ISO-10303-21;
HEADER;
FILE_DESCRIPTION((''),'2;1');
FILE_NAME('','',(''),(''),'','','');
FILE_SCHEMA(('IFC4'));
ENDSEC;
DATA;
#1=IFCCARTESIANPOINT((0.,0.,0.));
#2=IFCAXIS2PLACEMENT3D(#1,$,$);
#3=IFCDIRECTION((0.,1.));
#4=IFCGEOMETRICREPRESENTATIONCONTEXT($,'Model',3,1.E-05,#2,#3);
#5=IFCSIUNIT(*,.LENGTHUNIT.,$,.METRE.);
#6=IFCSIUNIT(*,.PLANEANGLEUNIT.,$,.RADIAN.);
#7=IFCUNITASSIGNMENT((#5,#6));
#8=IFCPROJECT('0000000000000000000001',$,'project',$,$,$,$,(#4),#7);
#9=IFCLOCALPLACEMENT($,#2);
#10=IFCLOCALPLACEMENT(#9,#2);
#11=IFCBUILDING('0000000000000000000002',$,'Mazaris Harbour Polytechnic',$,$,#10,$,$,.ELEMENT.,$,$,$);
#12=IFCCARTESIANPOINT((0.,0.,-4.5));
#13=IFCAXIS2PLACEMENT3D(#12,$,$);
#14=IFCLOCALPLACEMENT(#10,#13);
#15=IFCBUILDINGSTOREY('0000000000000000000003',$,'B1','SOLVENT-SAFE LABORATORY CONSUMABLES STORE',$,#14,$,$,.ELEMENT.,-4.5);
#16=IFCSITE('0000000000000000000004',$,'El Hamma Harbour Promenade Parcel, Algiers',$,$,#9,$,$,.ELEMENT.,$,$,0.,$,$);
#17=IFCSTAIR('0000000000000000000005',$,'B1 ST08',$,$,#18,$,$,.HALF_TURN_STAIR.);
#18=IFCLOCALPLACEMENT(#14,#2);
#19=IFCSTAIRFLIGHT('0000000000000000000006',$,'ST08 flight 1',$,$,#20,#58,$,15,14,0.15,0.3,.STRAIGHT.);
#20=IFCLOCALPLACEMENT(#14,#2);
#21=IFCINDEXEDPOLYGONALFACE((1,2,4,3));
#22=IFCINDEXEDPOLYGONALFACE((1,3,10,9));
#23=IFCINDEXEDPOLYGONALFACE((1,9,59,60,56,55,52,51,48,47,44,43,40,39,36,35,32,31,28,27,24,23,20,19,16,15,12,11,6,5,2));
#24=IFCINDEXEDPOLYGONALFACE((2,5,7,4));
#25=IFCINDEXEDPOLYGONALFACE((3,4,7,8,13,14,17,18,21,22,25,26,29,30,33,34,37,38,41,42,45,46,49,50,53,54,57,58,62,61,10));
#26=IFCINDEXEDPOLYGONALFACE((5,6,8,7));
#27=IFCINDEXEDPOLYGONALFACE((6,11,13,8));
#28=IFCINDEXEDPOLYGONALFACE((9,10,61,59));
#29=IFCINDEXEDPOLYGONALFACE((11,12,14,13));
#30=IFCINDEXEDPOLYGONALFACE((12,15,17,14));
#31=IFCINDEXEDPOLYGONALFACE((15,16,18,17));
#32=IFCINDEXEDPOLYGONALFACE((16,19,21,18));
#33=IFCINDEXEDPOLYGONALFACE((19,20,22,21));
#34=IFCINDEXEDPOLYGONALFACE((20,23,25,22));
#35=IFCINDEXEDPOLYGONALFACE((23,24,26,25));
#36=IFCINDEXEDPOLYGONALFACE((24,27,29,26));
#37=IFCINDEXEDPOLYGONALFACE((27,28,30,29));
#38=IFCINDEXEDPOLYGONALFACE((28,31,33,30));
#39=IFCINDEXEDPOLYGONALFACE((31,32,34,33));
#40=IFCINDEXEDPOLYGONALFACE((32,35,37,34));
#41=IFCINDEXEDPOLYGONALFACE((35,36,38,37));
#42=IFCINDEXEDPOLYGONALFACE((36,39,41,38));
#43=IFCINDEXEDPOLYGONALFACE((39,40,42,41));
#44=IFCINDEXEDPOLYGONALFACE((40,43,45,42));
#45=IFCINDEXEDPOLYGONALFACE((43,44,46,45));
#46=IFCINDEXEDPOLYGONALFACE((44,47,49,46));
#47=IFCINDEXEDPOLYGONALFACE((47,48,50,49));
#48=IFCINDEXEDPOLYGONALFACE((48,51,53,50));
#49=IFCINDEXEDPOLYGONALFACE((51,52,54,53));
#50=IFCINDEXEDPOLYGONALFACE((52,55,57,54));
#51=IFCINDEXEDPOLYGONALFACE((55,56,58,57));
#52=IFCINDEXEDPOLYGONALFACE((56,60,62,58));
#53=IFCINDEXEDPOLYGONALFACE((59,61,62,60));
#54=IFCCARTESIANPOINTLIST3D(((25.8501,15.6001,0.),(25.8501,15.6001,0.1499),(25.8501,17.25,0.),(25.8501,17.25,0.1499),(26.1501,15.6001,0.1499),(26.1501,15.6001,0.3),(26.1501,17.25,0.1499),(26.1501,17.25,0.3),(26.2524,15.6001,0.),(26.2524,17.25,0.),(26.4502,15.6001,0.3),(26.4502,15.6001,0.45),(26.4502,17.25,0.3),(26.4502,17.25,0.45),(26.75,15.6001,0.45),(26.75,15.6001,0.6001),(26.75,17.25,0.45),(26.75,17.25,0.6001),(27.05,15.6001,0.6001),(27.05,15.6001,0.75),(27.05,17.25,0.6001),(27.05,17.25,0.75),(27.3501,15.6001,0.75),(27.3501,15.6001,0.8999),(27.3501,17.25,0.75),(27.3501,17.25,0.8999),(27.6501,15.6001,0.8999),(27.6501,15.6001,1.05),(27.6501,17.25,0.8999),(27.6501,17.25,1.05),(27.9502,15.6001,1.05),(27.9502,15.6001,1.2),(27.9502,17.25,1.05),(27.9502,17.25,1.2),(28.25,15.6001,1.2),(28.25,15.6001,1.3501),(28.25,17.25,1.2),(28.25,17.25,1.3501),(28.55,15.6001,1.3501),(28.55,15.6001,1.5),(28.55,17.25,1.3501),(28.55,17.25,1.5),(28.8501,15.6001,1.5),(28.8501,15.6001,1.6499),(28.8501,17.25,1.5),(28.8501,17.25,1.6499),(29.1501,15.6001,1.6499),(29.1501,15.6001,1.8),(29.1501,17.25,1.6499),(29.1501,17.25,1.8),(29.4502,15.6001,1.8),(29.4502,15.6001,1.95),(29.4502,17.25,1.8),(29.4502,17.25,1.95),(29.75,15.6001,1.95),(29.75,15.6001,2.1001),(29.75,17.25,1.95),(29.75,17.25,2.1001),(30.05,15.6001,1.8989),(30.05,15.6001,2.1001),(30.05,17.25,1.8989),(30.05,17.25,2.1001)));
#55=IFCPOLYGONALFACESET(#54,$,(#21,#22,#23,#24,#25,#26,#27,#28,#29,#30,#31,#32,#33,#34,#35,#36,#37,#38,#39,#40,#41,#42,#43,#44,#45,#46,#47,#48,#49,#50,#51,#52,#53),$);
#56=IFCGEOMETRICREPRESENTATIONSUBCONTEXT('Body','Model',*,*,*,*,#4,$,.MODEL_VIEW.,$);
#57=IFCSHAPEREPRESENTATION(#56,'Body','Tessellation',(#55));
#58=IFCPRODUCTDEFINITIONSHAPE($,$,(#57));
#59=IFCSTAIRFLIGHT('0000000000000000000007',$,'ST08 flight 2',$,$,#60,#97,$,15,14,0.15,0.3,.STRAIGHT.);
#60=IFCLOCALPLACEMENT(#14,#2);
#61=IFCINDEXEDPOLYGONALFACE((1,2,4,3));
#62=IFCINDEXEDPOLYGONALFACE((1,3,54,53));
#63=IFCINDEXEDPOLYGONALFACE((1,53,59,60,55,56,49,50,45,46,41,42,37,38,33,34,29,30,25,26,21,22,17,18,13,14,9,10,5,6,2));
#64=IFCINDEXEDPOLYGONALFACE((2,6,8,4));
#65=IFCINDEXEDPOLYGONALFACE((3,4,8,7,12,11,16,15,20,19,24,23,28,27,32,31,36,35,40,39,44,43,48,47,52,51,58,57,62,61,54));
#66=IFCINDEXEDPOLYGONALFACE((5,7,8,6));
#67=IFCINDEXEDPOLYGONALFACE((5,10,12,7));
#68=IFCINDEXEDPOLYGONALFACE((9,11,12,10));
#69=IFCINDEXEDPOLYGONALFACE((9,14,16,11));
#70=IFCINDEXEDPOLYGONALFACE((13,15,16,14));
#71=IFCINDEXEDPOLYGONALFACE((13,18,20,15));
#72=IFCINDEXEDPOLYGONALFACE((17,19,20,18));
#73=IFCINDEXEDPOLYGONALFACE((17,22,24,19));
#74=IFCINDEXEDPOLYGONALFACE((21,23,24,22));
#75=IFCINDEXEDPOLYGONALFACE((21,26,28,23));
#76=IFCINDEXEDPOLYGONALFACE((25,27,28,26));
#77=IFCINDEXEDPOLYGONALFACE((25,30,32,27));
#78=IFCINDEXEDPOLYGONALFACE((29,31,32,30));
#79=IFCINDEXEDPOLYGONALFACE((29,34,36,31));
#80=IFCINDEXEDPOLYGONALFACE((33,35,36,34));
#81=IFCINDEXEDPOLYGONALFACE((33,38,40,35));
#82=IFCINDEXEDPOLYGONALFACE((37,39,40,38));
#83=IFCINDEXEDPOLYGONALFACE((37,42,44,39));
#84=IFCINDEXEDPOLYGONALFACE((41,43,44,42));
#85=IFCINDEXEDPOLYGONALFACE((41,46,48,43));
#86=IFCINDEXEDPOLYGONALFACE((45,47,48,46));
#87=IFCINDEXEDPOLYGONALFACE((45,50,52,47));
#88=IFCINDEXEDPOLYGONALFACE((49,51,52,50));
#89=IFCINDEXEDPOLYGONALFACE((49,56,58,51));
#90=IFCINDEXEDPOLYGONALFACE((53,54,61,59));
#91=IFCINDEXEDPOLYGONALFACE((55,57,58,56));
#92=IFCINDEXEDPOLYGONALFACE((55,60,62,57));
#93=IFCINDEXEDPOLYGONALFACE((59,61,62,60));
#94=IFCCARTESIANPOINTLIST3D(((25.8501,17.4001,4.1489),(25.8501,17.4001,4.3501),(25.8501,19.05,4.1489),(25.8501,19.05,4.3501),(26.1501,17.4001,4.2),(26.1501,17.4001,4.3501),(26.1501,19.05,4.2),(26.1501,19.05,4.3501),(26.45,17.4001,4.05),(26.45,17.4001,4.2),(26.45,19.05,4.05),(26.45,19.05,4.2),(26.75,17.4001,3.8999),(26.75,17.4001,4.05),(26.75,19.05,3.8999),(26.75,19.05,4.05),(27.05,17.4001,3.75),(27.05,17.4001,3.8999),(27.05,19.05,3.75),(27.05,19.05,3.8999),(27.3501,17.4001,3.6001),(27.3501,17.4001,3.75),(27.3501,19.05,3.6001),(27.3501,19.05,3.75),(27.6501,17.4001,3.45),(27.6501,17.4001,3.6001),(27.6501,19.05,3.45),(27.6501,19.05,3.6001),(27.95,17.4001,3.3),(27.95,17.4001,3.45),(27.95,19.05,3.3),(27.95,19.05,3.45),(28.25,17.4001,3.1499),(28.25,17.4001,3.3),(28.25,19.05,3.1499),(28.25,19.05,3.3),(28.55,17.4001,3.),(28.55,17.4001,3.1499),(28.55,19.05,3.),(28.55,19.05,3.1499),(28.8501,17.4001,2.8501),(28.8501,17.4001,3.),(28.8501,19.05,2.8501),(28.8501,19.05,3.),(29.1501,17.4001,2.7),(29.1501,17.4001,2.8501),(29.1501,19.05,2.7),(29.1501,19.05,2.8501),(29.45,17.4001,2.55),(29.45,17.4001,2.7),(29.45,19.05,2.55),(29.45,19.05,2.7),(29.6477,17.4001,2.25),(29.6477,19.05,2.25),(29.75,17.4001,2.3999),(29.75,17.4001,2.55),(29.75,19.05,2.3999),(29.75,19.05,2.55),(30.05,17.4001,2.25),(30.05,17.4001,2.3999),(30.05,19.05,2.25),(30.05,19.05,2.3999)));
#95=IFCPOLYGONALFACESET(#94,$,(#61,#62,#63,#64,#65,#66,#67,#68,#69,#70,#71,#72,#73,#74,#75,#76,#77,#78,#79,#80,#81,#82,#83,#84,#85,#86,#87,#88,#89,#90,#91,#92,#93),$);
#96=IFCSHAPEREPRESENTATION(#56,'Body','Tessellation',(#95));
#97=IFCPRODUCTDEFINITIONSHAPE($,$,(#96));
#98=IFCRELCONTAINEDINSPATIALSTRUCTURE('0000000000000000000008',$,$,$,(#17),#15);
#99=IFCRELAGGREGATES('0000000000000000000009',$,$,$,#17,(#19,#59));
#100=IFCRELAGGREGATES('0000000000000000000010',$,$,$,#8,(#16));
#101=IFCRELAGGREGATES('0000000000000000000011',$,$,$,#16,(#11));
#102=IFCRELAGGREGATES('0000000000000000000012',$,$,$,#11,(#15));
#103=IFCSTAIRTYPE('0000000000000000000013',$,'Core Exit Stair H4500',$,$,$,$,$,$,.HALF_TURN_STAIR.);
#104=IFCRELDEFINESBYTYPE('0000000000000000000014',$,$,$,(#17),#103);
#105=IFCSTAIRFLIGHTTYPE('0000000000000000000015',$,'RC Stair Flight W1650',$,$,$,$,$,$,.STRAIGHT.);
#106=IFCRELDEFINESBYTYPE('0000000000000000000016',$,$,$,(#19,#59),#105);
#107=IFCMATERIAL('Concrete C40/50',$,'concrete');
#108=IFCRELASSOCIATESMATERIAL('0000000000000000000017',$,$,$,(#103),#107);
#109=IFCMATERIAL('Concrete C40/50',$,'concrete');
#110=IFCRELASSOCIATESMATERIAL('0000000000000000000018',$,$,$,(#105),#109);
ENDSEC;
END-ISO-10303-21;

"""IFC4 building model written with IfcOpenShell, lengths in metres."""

from ifc_helpers import new_model, si_unit, direction, frame, origin, place, context, subcontext, project, spatial, polyline, outline, extrude, material, type_object, element, aggregate, save


model = new_model("IFC4")

# Units and contexts
model_context = context("Model", 3, precision=1e-05, world=origin(), true_north=direction((0.0, 1.0)))
body_context = subcontext(model_context, "Body", "Model", "MODEL_VIEW")
ifc_project = project(units=[si_unit("LENGTHUNIT", "METRE"), si_unit("PLANEANGLEUNIT", "RADIAN")], contexts=[model_context])

# Site, building, storey
site_placement = place(None, origin())
site = spatial("IfcSite", under=ifc_project, at=site_placement, Name="El Hamma Harbour Promenade Parcel, Algiers", CompositionType="ELEMENT", RefElevation=0.0)
building_placement = place(site_placement, origin())
building = spatial("IfcBuilding", under=site, at=building_placement, Name="Mazaris Harbour Polytechnic", CompositionType="ELEMENT")
storey_placement = place(building_placement, frame((0.0, 0.0, -4.5)))
storey = spatial("IfcBuildingStorey", under=building, at=storey_placement, Name="B1", Description="SOLVENT-SAFE LABORATORY CONSUMABLES STORE", CompositionType="ELEMENT", Elevation=-4.5)

# Stair, stair flights
ifc_material_1 = material(Name="Concrete C40/50", Category="concrete")
stair_type = type_object("IfcStairType", Name="Core Exit Stair H4500", PredefinedType="HALF_TURN_STAIR", material=ifc_material_1)
stair_placement = place(storey_placement, origin())
stair = element("IfcStair", 1, at=stair_placement, inside=storey, type_object=stair_type, Name="B1 ST08", PredefinedType="HALF_TURN_STAIR")
ifc_material_2 = material(Name="Concrete C40/50", Category="concrete")
stair_flight_type = type_object("IfcStairFlightType", Name="RC Stair Flight W1650", PredefinedType="STRAIGHT", material=ifc_material_2)
stair_flight_1_placement = place(storey_placement, frame((25.8501, 16.425, 0.0), z_axis=(0.0, 0.0, 1.0), x_axis=(1.0, 0.0, 0.0)))
stair_flight_1 = element("IfcStairFlight", 2, at=stair_flight_1_placement, type_object=stair_flight_type, Name="ST08 flight 1", NumberOfRisers=15, NumberOfTreads=14, PredefinedType="STRAIGHT", RiserHeight=0.15, TreadLength=0.3, context=body_context, shape_type="SweptSolid", body=[
    extrude(outline(polyline([(0.0, 0.0), (0.0, 0.1499), (0.3, 0.1499), (0.3, 0.3), (0.6001, 0.3), (0.6001, 0.45), (0.8999, 0.45), (0.8999, 0.6001), (1.2, 0.6001), (1.2, 0.75), (1.5, 0.75), (1.5, 0.8999), (1.8, 0.8999), (1.8, 1.05), (2.1001, 1.05), (2.1001, 1.2), (2.3999, 1.2), (2.3999, 1.3501), (2.7, 1.3501), (2.7, 1.5), (3.0, 1.5), (3.0, 1.6499), (3.3, 1.6499), (3.3, 1.8), (3.6001, 1.8), (3.6001, 1.95), (3.8999, 1.95), (3.8999, 2.1001), (4.2, 2.1001), (4.2, 2.25), (4.2, 1.8989), (0.4023, 0.0), (0.0, 0.0)])), frame((0.0, 0.825, 0.0), z_axis=(0.0, -1.0, 0.0), x_axis=(1.0, 0.0, 0.0)), (0.0, 0.0, 1.0), 1.6499),
])
stair_flight_2_placement = place(storey_placement, frame((30.05, 18.2251, 2.25), z_axis=(0.0, 0.0, 1.0), x_axis=(-1.0, 0.0, 0.0)))
stair_flight_2 = element("IfcStairFlight", 3, at=stair_flight_2_placement, type_object=stair_flight_type, Name="ST08 flight 2", NumberOfRisers=15, NumberOfTreads=14, PredefinedType="STRAIGHT", RiserHeight=0.15, TreadLength=0.3, context=body_context, shape_type="SweptSolid", body=[
    extrude(outline(polyline([(0.0, 0.0), (0.0, 0.1499), (0.3, 0.1499), (0.3, 0.3), (0.6001, 0.3), (0.6001, 0.45), (0.8999, 0.45), (0.8999, 0.6001), (1.2, 0.6001), (1.2, 0.75), (1.5, 0.75), (1.5, 0.8999), (1.8, 0.8999), (1.8, 1.05), (2.1001, 1.05), (2.1001, 1.2), (2.3999, 1.2), (2.3999, 1.3501), (2.7, 1.3501), (2.7, 1.5), (3.0, 1.5), (3.0, 1.6499), (3.3, 1.6499), (3.3, 1.8), (3.6001, 1.8), (3.6001, 1.95), (3.8999, 1.95), (3.8999, 2.1001), (4.2, 2.1001), (4.2, 2.25), (4.2, 1.8989), (0.4023, 0.0), (0.0, 0.0)])), frame((0.0, 0.825, 0.0), z_axis=(0.0, -1.0, 0.0), x_axis=(1.0, 0.0, 0.0)), (0.0, 0.0, 1.0), 1.6499),
])
aggregate(stair, [stair_flight_1, stair_flight_2])

save(model, "model.ifc")
